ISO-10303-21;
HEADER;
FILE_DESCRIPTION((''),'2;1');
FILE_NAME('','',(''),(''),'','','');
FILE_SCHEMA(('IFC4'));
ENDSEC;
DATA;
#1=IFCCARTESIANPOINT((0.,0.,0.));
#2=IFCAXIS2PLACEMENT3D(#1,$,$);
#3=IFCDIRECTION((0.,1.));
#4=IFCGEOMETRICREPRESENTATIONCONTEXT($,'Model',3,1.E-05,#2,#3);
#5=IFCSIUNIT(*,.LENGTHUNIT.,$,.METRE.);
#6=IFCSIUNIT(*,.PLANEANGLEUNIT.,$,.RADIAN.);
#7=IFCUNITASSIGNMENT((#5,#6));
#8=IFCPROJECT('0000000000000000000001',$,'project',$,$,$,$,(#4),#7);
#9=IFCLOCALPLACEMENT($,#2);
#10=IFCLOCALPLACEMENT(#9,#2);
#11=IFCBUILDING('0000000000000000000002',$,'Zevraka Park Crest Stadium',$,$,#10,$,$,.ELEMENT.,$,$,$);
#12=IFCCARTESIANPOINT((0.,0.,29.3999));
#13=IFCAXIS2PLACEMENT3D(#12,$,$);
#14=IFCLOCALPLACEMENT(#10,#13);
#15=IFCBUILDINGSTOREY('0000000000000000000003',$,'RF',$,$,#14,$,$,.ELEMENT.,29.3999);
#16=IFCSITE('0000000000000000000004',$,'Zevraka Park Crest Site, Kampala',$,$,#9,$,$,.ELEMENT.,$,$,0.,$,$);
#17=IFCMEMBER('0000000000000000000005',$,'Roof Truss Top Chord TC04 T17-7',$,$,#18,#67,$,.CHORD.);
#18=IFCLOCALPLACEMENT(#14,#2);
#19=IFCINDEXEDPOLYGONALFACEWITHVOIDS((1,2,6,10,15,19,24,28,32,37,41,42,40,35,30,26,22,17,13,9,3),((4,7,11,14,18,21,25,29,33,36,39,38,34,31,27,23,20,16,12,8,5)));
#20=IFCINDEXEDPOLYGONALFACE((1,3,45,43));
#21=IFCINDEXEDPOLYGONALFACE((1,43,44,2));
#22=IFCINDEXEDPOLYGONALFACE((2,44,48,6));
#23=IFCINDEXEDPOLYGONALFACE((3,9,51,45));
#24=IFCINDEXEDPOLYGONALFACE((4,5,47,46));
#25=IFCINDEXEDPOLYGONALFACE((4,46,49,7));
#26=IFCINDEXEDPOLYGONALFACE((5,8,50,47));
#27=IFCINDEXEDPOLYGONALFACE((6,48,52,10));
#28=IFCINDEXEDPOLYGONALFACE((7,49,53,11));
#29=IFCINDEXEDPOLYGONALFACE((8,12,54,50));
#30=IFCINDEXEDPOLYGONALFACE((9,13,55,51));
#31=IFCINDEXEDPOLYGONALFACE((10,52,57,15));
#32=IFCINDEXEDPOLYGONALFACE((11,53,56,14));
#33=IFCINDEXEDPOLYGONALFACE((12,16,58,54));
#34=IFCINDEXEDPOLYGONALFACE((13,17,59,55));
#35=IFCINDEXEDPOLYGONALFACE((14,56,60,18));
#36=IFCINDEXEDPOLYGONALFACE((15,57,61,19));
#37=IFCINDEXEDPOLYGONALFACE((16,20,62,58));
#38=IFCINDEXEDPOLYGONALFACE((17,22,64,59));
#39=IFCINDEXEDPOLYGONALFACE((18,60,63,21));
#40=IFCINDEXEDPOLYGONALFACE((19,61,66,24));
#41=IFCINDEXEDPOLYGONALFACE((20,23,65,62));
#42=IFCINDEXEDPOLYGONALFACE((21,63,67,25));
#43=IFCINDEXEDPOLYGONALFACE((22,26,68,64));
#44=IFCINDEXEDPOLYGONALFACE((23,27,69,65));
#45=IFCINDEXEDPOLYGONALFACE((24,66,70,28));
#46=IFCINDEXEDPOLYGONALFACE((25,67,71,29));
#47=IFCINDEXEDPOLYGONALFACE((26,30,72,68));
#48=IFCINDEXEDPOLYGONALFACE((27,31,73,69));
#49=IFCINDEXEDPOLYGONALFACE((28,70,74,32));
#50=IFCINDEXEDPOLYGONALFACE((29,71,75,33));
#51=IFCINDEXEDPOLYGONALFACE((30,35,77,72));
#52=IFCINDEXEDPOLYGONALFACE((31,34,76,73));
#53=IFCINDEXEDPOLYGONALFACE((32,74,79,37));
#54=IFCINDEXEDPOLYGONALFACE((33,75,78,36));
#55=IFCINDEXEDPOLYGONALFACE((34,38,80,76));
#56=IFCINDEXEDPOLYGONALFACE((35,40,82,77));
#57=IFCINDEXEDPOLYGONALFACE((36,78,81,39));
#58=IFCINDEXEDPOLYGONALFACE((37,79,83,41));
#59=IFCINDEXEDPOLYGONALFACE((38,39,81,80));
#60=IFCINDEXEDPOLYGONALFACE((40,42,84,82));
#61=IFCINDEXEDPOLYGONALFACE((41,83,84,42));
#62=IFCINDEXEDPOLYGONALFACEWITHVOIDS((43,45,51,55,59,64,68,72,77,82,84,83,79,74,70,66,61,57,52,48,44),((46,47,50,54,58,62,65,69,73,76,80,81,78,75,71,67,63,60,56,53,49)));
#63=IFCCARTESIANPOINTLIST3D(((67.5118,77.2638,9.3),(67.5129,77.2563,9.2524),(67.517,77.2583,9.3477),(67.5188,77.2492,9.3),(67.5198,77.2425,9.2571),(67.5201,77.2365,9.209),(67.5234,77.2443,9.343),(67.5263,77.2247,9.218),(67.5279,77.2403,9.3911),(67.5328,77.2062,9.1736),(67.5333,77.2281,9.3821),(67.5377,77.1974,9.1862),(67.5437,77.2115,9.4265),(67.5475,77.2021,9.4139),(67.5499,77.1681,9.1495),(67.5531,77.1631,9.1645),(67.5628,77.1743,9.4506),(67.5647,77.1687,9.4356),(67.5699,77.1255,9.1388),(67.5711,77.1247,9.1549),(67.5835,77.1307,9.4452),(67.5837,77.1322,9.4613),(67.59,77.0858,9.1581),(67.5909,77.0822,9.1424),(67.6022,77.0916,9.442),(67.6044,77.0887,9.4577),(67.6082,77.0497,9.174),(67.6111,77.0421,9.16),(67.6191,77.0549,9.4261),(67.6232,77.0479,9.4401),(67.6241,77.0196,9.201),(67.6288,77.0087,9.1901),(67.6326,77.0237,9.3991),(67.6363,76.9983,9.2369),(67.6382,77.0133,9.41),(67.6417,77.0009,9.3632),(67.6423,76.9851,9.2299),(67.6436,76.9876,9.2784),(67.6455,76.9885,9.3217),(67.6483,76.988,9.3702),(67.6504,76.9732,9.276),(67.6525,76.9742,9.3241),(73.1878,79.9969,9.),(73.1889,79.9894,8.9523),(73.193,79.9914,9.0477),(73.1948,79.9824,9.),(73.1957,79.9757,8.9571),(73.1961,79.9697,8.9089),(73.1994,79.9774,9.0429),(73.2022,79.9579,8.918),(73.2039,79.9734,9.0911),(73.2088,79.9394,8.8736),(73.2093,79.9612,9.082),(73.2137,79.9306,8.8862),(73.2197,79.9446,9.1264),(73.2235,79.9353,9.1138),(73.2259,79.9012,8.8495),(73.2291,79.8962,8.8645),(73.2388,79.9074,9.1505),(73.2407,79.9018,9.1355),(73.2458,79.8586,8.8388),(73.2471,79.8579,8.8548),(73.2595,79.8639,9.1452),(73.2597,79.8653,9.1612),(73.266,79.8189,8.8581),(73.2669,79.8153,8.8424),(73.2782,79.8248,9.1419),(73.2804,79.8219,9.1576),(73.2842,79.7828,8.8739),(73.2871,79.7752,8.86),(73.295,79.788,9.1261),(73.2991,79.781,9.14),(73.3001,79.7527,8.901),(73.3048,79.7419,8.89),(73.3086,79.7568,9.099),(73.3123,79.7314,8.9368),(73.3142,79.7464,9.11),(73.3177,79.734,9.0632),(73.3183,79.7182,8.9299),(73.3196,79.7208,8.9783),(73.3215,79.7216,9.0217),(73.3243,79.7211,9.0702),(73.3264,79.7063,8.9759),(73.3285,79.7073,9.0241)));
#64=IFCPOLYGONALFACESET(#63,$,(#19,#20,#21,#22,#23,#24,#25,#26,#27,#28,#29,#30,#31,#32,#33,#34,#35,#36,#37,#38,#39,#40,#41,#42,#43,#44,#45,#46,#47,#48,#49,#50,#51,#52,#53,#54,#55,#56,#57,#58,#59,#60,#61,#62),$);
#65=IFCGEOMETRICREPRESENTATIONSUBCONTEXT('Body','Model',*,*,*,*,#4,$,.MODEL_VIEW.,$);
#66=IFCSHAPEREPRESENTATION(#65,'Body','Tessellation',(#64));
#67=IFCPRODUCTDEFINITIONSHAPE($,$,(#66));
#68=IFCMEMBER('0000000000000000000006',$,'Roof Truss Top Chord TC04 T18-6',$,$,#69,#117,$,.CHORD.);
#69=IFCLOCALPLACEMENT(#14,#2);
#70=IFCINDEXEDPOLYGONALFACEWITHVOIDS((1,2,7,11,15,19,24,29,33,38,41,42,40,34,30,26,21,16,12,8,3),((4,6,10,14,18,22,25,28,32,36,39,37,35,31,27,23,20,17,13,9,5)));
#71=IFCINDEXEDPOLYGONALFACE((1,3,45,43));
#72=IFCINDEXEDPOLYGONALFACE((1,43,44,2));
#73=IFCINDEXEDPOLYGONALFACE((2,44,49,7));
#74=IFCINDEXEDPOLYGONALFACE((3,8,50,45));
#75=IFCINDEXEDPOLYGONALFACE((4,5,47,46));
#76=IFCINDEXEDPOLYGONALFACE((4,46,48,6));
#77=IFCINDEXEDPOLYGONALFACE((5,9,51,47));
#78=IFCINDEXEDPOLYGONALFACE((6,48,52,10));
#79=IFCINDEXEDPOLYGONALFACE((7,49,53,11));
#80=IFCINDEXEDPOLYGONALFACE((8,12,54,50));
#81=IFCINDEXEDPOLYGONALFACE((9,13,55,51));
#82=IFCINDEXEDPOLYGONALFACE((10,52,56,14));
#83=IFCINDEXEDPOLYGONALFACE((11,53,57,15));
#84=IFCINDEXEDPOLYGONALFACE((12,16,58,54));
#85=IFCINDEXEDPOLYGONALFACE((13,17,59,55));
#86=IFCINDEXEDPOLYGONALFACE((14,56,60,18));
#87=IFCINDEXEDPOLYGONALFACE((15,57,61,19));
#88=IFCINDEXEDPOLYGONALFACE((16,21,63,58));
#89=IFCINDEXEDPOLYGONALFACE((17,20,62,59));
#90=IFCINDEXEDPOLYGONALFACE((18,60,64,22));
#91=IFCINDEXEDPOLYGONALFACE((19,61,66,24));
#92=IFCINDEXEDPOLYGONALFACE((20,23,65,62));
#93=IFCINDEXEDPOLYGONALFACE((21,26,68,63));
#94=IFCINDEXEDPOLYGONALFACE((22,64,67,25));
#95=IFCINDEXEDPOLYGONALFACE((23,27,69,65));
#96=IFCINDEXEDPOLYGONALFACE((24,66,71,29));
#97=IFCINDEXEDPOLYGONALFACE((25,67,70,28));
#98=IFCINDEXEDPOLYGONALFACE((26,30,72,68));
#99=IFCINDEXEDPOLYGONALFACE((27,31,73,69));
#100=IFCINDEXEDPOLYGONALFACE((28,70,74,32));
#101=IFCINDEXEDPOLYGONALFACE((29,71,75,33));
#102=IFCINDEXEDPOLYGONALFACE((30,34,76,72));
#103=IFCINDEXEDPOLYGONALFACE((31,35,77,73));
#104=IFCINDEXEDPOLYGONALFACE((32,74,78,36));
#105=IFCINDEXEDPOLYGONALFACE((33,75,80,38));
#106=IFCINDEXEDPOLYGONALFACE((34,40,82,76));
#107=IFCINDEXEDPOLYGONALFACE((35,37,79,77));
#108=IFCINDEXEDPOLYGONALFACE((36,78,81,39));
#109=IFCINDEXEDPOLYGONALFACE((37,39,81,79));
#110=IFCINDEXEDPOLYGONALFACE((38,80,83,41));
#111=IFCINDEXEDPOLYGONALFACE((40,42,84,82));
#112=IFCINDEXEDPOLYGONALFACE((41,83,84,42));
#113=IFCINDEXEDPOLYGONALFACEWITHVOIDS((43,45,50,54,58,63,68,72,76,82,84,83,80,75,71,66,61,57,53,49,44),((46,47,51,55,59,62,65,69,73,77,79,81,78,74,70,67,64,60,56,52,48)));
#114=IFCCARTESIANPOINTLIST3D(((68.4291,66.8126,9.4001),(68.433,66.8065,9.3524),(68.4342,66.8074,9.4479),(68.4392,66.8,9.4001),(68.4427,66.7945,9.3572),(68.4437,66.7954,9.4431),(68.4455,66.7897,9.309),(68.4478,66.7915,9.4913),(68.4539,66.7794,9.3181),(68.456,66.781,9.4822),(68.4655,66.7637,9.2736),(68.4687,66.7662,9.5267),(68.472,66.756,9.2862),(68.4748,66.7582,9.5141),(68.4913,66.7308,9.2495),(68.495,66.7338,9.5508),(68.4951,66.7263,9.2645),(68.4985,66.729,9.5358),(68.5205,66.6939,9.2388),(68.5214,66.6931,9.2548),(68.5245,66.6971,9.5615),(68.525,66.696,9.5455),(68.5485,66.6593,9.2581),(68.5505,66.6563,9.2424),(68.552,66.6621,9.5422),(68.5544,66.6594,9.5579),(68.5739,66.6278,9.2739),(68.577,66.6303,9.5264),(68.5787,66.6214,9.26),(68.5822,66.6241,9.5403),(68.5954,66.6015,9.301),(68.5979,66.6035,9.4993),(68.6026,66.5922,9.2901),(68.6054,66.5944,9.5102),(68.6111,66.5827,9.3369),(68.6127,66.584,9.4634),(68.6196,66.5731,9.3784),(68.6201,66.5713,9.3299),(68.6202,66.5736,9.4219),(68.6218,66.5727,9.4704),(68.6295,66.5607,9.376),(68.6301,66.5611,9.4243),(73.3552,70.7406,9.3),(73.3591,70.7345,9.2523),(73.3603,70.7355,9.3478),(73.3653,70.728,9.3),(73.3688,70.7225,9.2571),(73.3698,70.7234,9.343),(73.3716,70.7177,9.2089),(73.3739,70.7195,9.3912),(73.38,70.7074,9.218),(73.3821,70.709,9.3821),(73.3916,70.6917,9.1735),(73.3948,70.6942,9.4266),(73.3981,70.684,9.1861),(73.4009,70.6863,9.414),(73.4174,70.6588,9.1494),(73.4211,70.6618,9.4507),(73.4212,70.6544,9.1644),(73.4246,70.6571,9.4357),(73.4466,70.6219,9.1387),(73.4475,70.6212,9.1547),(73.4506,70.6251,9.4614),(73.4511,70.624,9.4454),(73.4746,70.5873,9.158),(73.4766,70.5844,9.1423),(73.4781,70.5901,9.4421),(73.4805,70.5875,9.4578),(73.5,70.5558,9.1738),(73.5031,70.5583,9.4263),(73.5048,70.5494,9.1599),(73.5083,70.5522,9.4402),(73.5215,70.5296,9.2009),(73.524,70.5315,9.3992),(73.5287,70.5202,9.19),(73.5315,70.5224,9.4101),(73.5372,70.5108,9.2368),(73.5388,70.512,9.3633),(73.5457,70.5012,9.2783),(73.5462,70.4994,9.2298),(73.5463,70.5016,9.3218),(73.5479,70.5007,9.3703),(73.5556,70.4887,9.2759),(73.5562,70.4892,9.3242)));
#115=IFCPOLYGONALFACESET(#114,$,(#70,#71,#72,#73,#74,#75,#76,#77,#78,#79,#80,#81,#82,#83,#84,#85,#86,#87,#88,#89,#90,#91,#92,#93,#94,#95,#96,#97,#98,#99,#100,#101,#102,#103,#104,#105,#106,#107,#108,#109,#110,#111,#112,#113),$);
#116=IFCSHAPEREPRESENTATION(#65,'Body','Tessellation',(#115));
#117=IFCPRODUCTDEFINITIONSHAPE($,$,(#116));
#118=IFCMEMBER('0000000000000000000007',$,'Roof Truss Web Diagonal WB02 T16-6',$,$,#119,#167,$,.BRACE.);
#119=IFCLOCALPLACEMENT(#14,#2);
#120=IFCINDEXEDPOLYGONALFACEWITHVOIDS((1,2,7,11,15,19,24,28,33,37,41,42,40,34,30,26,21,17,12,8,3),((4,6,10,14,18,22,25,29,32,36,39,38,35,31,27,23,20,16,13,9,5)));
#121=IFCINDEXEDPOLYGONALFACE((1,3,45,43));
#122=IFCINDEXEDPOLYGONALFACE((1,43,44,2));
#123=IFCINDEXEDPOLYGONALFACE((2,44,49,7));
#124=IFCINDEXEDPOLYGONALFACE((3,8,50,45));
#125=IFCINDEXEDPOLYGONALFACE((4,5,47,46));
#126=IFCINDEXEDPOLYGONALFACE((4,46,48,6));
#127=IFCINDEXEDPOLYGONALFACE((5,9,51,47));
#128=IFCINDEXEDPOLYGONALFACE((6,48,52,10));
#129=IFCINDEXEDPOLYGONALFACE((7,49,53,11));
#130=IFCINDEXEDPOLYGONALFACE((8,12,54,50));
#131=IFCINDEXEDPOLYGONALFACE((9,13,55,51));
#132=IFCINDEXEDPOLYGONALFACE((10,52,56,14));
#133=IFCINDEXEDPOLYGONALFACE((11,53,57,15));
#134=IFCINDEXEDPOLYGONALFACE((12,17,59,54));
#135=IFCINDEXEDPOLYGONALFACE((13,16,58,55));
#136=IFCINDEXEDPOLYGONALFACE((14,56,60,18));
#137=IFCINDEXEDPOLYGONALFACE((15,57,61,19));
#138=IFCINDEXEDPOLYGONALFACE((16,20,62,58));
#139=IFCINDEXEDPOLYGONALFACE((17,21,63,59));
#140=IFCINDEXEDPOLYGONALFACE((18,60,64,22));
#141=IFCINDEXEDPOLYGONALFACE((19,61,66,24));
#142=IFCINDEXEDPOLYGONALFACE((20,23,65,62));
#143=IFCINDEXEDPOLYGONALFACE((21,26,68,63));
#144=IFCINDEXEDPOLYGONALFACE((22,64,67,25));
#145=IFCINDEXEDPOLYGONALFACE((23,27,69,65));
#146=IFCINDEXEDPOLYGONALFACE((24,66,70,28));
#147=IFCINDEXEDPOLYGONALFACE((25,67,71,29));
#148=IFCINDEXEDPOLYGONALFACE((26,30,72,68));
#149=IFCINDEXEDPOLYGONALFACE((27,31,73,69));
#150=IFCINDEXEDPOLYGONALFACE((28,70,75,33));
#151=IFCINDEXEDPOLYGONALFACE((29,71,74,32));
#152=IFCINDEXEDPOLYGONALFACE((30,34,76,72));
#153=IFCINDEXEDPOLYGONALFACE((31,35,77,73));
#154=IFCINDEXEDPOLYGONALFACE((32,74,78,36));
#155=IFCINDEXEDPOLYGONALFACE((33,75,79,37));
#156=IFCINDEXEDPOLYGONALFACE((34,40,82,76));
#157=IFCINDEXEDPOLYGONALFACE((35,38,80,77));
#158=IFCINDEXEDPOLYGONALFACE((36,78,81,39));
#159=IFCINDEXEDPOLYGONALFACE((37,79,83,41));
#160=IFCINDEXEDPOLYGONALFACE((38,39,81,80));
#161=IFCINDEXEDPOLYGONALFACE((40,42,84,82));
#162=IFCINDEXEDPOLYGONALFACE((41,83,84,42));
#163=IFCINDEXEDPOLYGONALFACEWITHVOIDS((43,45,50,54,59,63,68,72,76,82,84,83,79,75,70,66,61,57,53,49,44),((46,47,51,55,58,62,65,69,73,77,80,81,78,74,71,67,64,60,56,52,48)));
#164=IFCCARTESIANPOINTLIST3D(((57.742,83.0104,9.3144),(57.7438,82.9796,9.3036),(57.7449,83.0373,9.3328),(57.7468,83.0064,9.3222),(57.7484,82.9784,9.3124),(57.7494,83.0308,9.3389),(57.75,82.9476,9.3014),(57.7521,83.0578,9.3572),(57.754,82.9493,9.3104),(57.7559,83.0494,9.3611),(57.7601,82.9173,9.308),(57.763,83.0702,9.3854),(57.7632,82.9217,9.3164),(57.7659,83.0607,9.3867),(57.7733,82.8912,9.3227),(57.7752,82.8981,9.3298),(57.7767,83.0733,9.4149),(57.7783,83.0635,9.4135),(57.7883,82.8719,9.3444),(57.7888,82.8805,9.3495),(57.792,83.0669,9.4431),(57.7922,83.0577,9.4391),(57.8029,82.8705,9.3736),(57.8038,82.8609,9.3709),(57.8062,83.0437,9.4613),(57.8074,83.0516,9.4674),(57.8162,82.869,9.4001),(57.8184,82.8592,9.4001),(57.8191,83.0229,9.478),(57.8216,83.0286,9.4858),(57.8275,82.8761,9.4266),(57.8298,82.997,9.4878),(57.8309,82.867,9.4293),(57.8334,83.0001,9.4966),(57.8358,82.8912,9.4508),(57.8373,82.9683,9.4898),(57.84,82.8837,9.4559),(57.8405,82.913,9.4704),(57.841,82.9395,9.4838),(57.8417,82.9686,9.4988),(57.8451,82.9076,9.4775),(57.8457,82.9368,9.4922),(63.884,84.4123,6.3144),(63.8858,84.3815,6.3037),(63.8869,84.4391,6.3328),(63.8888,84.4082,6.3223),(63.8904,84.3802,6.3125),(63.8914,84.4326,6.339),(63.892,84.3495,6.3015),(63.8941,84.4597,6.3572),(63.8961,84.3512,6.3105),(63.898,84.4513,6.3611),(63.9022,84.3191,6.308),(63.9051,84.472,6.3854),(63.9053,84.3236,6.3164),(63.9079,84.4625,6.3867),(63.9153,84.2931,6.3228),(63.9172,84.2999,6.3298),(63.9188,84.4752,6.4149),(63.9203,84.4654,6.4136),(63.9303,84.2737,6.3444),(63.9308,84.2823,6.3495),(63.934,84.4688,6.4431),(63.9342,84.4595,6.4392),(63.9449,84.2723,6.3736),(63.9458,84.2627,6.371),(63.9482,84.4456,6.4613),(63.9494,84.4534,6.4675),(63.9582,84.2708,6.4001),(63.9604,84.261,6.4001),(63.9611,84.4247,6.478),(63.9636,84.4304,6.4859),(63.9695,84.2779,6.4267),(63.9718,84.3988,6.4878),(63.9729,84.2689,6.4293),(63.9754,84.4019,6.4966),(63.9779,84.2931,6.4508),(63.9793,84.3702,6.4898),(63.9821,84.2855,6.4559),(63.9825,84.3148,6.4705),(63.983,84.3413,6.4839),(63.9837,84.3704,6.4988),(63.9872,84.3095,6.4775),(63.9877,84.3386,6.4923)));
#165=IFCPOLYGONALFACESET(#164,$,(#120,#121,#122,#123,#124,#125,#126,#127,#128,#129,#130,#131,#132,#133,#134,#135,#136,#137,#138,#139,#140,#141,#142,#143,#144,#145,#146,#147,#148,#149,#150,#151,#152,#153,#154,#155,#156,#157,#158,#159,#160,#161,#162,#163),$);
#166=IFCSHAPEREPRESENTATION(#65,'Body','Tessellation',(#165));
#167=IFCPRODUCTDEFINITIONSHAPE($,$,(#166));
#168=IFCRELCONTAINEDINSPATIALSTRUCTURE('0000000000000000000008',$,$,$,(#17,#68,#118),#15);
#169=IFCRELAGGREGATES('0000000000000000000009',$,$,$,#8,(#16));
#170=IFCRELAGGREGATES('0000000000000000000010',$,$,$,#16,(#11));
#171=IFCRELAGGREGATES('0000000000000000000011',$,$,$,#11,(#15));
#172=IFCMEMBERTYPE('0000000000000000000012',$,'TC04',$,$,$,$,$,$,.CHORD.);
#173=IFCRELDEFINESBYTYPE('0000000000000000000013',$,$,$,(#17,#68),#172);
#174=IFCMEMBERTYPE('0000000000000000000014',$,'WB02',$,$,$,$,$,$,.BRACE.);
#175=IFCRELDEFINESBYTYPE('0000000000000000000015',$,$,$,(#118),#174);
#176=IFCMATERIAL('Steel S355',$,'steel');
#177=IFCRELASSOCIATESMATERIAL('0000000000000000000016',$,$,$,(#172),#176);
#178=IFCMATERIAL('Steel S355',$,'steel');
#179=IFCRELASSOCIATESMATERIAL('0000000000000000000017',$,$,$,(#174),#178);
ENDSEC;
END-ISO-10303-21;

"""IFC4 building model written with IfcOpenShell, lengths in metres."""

from ifc_helpers import new_model, si_unit, direction, frame, origin, origin_2d, place, context, subcontext, project, spatial, hollow_circle, extrude, material, material_profile, profile_set, type_object, element, save


model = new_model("IFC4")

# Units and contexts
model_context = context("Model", 3, precision=1e-05, world=origin(), true_north=direction((0.0, 1.0)))
body_context = subcontext(model_context, "Body", "Model", "MODEL_VIEW")
ifc_project = project(units=[si_unit("LENGTHUNIT", "METRE"), si_unit("PLANEANGLEUNIT", "RADIAN")], contexts=[model_context])

# Site, building, storey
site_placement = place(None, origin())
site = spatial("IfcSite", under=ifc_project, at=site_placement, Name="Zevraka Park Crest Site, Kampala", CompositionType="ELEMENT", RefElevation=0.0)
building_placement = place(site_placement, origin())
building = spatial("IfcBuilding", under=site, at=building_placement, Name="Zevraka Park Crest Stadium", CompositionType="ELEMENT")
storey_placement = place(building_placement, frame((0.0, 0.0, 29.3999)))
storey = spatial("IfcBuildingStorey", under=building, at=storey_placement, Name="RF", CompositionType="ELEMENT", Elevation=29.3999)

# Members
ifc_material_1 = material(Name="Steel S355", Category="steel")
ifc_material_profile_1 = material_profile(ifc_material_1, hollow_circle(Radius=0.1619, WallThickness=0.0161, at=origin_2d()), Name="CHS 323.9x16")
ifc_profile_set_1 = profile_set([ifc_material_profile_1], Name="Steel S355")
member_type_1 = type_object("IfcMemberType", Name="TC04", PredefinedType="CHORD", material=ifc_profile_set_1)
for number, where, z_axis, x_axis, name in (
    (1, (67.582, 77.1179, 9.3), (0.899966, 0.433357, -0.047574), (-0.433848, 0.900986, 0.0), "Roof Truss Top Chord TC04 T17-7"),
):
    element("IfcMember", number, at=place(storey_placement, frame(where, z_axis=z_axis, x_axis=x_axis)), inside=storey, type_object=member_type_1, Name=name, PredefinedType="CHORD", context=body_context, shape_type="SweptSolid", body=[
        extrude(hollow_circle(Radius=0.1619, WallThickness=0.0161, at=origin_2d()), origin(), (0.0, 0.0, 1.0), 6.3069),
    ])
member_1_placement = place(storey_placement, frame((68.53, 66.686, 9.4001), z_axis=(0.781763, 0.623373, -0.015886), x_axis=(-0.623451, 0.781862, 0.0)))
element("IfcMember", 2, at=member_1_placement, inside=storey, type_object=member_type_1, Name="Roof Truss Top Chord TC04 T18-6", PredefinedType="CHORD", context=body_context, shape_type="SweptSolid", body=[
    extrude(hollow_circle(Radius=0.1619, WallThickness=0.0161, at=origin_2d()), origin(), (0.0, 0.0, 1.0), 6.3013),
])
ifc_material_2 = material(Name="Steel S355", Category="steel")
ifc_material_profile_2 = material_profile(ifc_material_2, hollow_circle(Radius=0.1096, WallThickness=0.01, at=origin_2d()), Name="CHS 219.1x10")
ifc_profile_set_2 = profile_set([ifc_material_profile_2], Name="Steel S355")
member_type_2 = type_object("IfcMemberType", Name="WB02", PredefinedType="BRACE", material=ifc_profile_set_2)
member_2_placement = place(storey_placement, frame((63.936, 84.3679, 6.4001), z_axis=(-0.880226, -0.200901, 0.429932), x_axis=(0.222515, -0.974929, 0.0)))
element("IfcMember", 3, at=member_2_placement, inside=storey, type_object=member_type_2, Name="Roof Truss Web Diagonal WB02 T16-6", PredefinedType="BRACE", context=body_context, shape_type="SweptSolid", body=[
    extrude(hollow_circle(Radius=0.1096, WallThickness=0.01, at=origin_2d()), origin(), (0.0, 0.0, 1.0), 6.9778),
])

save(model, "model.ifc")
